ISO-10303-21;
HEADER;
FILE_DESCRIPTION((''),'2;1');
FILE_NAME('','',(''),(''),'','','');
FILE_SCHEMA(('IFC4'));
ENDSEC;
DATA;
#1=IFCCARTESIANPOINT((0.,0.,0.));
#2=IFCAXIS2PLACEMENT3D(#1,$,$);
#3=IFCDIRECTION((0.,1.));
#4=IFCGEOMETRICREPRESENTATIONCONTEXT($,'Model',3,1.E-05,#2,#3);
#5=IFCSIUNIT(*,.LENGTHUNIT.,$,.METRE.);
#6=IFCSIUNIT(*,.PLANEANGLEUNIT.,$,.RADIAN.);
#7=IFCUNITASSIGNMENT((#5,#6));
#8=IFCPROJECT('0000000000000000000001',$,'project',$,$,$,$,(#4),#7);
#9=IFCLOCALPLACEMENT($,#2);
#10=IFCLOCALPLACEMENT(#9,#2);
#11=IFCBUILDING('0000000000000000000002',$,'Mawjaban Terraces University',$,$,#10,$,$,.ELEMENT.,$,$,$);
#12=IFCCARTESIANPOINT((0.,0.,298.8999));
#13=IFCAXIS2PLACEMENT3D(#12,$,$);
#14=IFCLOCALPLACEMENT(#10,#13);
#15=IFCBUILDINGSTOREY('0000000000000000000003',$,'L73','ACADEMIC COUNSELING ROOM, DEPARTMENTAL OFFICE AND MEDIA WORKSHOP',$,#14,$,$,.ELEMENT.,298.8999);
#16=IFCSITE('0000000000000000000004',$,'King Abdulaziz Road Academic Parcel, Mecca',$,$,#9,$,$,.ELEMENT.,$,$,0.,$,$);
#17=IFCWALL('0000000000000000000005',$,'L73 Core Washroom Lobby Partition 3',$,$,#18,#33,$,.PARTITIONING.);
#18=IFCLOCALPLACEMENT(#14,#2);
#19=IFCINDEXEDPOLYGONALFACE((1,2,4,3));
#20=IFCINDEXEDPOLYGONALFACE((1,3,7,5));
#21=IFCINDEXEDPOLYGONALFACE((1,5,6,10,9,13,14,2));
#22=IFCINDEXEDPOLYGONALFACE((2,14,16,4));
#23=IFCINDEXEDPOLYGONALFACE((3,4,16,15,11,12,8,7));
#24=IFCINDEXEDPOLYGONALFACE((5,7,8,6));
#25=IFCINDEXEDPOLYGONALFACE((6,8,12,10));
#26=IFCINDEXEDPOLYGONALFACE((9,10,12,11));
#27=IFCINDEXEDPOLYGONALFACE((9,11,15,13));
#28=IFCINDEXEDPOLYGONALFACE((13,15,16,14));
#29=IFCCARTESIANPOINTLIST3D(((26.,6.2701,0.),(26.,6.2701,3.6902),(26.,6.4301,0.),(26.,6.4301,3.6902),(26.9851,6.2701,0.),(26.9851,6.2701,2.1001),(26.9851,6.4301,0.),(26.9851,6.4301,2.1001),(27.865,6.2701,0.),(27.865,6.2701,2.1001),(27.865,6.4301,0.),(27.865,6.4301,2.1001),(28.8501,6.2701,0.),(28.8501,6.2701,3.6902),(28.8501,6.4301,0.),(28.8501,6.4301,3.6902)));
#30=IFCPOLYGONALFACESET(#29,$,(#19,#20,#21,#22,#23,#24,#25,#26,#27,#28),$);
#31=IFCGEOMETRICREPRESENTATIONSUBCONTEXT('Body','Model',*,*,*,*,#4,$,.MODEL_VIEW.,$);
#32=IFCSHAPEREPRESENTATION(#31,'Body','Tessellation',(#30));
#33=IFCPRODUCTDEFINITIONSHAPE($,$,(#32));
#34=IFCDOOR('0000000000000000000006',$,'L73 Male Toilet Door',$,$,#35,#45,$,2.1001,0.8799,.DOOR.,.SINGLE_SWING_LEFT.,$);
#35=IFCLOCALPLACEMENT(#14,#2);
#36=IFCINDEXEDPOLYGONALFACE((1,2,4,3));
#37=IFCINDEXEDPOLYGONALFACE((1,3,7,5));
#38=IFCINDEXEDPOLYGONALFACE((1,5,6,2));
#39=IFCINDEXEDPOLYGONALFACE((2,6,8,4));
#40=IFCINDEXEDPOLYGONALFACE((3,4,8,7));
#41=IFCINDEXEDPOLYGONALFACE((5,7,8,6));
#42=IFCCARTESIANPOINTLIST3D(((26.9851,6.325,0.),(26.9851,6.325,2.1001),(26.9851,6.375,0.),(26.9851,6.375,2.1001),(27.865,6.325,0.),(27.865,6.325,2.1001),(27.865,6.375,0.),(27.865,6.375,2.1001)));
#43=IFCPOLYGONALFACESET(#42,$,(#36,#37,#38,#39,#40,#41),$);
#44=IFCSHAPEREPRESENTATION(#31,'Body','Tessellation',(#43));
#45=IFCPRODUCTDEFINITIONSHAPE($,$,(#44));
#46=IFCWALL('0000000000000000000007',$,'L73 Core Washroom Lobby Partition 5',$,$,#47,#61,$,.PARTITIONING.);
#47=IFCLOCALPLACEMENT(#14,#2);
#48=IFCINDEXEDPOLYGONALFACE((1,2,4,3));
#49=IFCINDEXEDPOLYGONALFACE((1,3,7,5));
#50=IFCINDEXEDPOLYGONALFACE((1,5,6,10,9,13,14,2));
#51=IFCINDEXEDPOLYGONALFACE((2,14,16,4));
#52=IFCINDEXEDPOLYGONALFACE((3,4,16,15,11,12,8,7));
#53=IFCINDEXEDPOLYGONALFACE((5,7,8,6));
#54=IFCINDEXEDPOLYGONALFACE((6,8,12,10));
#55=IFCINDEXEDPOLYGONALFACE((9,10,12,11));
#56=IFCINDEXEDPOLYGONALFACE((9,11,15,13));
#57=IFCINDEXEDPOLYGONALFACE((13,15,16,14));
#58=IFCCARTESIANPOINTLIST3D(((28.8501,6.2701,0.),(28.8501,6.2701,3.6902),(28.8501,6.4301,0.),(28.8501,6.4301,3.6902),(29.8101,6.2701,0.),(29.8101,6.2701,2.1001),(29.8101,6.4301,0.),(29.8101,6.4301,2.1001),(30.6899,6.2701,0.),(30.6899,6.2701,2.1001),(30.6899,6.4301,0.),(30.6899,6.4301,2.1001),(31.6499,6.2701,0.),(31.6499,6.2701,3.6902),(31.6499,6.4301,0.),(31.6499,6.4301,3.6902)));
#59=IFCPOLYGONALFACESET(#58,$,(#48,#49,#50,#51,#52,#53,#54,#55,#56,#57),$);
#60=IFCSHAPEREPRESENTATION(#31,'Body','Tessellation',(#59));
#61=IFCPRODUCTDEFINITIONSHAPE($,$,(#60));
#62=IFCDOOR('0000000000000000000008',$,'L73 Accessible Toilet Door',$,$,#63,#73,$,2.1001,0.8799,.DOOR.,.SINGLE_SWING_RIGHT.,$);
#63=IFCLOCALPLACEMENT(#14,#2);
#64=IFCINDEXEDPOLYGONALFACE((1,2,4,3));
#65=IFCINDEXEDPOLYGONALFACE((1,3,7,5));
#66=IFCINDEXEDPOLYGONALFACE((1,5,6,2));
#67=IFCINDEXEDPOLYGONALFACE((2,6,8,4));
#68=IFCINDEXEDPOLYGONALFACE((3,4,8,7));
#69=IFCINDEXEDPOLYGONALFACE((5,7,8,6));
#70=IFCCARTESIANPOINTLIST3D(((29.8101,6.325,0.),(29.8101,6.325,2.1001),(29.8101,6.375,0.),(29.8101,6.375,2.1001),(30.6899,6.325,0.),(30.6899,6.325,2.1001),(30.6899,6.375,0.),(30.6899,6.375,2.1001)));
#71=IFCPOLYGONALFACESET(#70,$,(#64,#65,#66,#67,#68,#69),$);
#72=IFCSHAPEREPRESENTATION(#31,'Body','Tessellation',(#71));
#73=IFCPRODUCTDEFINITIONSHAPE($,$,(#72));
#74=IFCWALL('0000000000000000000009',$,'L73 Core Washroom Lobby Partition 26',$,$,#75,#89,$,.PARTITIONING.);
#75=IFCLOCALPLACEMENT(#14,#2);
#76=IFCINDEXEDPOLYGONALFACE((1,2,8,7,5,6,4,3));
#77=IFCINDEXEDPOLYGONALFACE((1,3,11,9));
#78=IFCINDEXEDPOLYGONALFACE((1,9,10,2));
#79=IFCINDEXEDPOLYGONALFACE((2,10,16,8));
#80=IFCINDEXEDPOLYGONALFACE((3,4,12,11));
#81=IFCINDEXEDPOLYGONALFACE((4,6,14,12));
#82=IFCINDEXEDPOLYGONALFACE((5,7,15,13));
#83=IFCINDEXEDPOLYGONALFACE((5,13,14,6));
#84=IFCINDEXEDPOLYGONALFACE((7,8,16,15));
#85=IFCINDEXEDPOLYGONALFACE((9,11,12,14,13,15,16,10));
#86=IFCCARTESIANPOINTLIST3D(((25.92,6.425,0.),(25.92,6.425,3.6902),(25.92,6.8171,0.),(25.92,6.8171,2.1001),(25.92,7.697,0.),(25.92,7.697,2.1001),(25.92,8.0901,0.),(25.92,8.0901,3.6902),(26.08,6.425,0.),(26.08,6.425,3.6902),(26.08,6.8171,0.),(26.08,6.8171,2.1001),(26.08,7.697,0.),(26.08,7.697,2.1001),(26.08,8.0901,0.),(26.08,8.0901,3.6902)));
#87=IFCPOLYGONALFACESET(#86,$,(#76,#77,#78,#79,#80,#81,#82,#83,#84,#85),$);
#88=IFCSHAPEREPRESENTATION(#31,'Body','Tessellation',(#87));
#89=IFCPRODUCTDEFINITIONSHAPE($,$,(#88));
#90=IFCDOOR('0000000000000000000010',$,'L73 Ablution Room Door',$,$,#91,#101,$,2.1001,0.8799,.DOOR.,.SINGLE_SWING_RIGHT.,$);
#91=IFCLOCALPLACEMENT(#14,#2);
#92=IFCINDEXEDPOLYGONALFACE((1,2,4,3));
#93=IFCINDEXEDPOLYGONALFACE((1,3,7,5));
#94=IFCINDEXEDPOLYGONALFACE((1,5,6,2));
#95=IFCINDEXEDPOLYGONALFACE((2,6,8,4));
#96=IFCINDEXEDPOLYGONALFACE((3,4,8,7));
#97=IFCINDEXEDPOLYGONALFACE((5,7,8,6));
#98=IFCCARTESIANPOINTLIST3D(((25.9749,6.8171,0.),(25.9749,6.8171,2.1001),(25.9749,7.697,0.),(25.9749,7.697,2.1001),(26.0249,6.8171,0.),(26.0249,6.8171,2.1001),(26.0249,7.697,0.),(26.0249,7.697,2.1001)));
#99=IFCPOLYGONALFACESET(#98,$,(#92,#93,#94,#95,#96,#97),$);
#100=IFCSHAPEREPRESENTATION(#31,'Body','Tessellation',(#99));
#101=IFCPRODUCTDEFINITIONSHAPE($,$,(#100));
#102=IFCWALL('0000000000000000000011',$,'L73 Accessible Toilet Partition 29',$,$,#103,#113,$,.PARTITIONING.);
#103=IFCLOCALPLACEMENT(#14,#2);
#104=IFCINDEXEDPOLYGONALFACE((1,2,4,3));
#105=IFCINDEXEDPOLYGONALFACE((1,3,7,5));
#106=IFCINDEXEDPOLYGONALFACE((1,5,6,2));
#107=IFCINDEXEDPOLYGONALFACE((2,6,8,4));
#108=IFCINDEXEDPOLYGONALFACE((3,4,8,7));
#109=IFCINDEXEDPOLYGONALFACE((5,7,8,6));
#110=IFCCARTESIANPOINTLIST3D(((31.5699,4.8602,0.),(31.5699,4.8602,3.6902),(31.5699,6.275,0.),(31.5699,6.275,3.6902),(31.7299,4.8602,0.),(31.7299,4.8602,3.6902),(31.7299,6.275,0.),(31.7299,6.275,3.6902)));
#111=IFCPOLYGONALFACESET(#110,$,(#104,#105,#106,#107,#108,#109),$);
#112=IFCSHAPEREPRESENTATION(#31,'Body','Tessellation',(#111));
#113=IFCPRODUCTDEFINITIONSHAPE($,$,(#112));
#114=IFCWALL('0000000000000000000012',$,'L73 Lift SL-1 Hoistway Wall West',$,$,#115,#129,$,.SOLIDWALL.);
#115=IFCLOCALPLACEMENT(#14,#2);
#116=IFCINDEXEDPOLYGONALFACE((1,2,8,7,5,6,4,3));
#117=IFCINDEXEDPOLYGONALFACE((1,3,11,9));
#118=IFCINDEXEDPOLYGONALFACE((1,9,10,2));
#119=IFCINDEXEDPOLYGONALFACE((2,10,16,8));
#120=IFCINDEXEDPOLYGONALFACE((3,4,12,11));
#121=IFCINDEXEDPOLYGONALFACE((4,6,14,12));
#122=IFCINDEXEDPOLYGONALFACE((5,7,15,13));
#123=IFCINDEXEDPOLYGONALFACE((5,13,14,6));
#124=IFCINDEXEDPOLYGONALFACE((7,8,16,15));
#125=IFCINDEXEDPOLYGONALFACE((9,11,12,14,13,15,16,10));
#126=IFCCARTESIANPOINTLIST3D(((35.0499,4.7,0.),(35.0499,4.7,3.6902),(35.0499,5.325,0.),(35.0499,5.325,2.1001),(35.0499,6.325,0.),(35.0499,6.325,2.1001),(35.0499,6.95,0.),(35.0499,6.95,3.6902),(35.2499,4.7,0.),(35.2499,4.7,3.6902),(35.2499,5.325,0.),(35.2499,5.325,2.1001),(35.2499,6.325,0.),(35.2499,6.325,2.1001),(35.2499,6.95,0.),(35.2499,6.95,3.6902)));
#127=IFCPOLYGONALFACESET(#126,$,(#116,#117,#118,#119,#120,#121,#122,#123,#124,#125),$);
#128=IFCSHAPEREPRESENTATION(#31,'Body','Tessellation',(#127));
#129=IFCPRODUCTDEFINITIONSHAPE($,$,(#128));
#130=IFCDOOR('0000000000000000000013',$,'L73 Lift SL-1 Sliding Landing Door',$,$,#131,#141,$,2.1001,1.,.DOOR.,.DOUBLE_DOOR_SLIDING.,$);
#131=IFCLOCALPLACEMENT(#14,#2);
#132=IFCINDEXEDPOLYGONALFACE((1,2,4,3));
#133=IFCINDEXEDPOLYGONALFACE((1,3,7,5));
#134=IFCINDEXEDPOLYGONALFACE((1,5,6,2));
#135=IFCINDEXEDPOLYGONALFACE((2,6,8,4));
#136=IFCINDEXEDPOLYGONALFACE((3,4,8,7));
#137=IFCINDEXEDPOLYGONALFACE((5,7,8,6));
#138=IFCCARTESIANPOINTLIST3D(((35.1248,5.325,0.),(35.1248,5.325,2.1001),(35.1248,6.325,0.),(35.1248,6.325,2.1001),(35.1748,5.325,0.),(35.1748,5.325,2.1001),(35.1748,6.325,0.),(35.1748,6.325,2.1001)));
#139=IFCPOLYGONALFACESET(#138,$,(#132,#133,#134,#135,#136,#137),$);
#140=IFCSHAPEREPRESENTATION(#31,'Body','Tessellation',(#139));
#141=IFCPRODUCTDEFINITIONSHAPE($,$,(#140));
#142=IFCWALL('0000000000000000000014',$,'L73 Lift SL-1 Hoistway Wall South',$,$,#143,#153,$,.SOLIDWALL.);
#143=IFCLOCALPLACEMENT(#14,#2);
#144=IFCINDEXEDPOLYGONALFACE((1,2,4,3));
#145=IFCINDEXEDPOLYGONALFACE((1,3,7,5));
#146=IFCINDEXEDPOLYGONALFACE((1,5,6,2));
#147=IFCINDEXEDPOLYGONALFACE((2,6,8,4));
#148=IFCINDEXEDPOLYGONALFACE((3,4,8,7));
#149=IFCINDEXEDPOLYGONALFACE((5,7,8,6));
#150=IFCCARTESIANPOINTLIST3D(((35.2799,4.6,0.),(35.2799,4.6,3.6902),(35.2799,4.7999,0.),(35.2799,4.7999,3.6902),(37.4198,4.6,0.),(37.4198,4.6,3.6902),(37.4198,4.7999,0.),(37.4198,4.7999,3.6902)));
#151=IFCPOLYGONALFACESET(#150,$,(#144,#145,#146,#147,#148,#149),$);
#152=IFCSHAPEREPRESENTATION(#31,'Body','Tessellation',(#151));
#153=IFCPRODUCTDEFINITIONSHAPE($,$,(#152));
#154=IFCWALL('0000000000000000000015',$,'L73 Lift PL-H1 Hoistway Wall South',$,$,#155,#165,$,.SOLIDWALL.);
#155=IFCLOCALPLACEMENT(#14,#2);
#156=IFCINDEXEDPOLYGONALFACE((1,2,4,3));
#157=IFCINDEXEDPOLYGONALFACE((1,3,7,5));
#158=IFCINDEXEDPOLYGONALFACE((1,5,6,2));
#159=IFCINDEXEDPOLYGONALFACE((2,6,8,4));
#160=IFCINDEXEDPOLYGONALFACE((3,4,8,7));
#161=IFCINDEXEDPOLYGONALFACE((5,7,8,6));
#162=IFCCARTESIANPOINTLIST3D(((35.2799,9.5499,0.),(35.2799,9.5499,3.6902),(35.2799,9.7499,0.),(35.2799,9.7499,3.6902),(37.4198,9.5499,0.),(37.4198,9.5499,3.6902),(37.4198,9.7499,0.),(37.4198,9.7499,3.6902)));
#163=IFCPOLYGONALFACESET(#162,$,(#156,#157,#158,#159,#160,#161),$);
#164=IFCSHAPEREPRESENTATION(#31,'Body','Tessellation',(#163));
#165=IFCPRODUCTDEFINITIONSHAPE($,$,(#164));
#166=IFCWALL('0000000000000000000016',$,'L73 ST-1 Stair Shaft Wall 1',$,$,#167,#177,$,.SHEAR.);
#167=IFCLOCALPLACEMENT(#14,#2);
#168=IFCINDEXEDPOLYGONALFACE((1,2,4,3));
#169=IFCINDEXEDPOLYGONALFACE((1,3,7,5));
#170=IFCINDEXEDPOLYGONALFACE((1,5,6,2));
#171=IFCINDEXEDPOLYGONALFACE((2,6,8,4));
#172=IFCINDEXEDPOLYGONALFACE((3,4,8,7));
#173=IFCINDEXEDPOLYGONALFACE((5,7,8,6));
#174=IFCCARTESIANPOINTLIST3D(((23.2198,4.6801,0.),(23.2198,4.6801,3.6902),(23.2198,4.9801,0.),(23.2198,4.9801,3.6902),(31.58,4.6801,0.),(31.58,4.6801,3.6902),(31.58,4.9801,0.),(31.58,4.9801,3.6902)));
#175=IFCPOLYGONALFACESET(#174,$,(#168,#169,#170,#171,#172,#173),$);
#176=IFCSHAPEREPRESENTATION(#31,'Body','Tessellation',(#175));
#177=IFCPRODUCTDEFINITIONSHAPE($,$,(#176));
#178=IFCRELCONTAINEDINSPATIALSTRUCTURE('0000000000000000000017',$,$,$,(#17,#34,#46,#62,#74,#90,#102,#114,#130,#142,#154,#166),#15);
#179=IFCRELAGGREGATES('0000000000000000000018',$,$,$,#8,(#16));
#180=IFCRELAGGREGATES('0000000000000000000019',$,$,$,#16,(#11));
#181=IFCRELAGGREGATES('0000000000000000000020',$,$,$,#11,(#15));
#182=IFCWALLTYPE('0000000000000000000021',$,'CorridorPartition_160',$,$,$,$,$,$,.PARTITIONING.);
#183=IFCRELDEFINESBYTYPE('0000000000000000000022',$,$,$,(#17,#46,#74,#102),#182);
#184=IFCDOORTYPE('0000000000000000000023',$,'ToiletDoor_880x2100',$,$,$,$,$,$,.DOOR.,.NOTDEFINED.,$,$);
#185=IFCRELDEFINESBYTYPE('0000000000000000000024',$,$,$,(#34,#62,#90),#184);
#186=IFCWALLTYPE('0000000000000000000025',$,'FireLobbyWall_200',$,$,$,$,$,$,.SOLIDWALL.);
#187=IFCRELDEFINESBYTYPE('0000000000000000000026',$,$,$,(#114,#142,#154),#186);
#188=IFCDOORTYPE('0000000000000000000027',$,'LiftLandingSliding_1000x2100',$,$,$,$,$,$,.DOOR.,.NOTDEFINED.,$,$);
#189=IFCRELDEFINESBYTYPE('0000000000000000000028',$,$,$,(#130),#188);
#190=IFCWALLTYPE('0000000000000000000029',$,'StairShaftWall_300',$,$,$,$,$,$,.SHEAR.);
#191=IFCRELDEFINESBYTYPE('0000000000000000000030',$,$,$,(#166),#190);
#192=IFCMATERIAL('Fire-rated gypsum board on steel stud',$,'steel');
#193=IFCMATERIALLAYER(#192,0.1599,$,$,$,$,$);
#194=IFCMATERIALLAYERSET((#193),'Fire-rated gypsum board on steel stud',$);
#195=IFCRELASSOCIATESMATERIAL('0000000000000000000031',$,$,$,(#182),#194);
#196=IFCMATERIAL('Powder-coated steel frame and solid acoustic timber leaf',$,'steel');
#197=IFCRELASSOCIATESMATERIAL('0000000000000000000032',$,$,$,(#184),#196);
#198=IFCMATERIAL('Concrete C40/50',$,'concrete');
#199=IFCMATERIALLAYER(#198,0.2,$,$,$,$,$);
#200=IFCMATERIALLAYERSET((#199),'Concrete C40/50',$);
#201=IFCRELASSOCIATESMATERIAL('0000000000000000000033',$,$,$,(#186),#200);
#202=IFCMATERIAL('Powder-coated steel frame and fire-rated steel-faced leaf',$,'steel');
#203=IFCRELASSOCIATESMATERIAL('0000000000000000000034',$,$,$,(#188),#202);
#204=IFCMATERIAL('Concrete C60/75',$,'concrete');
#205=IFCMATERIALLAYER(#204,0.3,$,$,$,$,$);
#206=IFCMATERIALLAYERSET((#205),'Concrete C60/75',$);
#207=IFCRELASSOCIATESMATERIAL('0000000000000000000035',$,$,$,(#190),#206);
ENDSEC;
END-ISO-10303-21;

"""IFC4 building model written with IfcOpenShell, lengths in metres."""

from ifc_helpers import new_model, si_unit, direction, frame, frame_2d, origin, place, context, subcontext, project, spatial, rectangle, extrude, material, layer, layer_set, type_object, element, fill, save


model = new_model("IFC4")

# Units and contexts
model_context = context("Model", 3, precision=1e-05, world=origin(), true_north=direction((0.0, 1.0)))
body_context = subcontext(model_context, "Body", "Model", "MODEL_VIEW")
ifc_project = project(units=[si_unit("LENGTHUNIT", "METRE"), si_unit("PLANEANGLEUNIT", "RADIAN")], contexts=[model_context])

# Site, building, storey
site_placement = place(None, origin())
site = spatial("IfcSite", under=ifc_project, at=site_placement, Name="King Abdulaziz Road Academic Parcel, Mecca", CompositionType="ELEMENT", RefElevation=0.0)
building_placement = place(site_placement, origin())
building = spatial("IfcBuilding", under=site, at=building_placement, Name="Mawjaban Terraces University", CompositionType="ELEMENT")
storey_placement = place(building_placement, frame((0.0, 0.0, 298.8999)))
storey = spatial("IfcBuildingStorey", under=building, at=storey_placement, Name="L73", Description="ACADEMIC COUNSELING ROOM, DEPARTMENTAL OFFICE AND MEDIA WORKSHOP", CompositionType="ELEMENT", Elevation=298.8999)

# Walls, openings, doors
ifc_material_1 = material(Name="Fire-rated gypsum board on steel stud", Category="steel")
ifc_layer_1 = layer(ifc_material_1, 0.1599)
ifc_layer_set_1 = layer_set([ifc_layer_1], Name="Fire-rated gypsum board on steel stud")
wall_type_1 = type_object("IfcWallType", Name="CorridorPartition_160", PredefinedType="PARTITIONING", material=ifc_layer_set_1)
wall_1_placement = place(storey_placement, frame((26.0, 6.3501, 0.0), z_axis=(0.0, 0.0, 1.0), x_axis=(1.0, 0.0, 0.0)))
wall_1 = element("IfcWall", 1, at=wall_1_placement, inside=storey, type_object=wall_type_1, Name="L73 Core Washroom Lobby Partition 3", PredefinedType="PARTITIONING", context=body_context, shape_type="SweptSolid", body=[
    extrude(rectangle(XDim=2.8501, YDim=0.1599, at=frame_2d((1.425, 0.0))), origin(), (0.0, 0.0, 1.0), 3.6902),
])
opening_1_placement = place(wall_1_placement, frame((0.9851, 0.0, 0.0)))
opening_1 = element("IfcOpeningElement", 2, at=opening_1_placement, cuts=wall_1, PredefinedType="OPENING", context=body_context, shape_type="SweptSolid", body=[
    extrude(rectangle(XDim=0.8799, YDim=2.1001, at=frame_2d((0.4399, 1.05))), frame((0.0, 0.0898, 0.0), z_axis=(0.0, -1.0, 0.0), x_axis=(1.0, 0.0, 0.0)), (0.0, 0.0, 1.0), 0.1799),
])
ifc_material_2 = material(Name="Powder-coated steel frame and solid acoustic timber leaf", Category="steel")
door_type_1 = type_object("IfcDoorType", Name="ToiletDoor_880x2100", OperationType="NOTDEFINED", PredefinedType="DOOR", material=ifc_material_2)
door_1_placement = place(opening_1_placement, origin())
door_1 = element("IfcDoor", 3, at=door_1_placement, inside=storey, type_object=door_type_1, Name="L73 Male Toilet Door", OperationType="SINGLE_SWING_LEFT", OverallHeight=2.1001, OverallWidth=0.8799, PredefinedType="DOOR", context=body_context, shape_type="SweptSolid", body=[
    extrude(rectangle(XDim=0.8799, YDim=2.1001, at=frame_2d((0.4399, 1.05))), frame((0.0, 0.0249, 0.0), z_axis=(0.0, -1.0, 0.0), x_axis=(1.0, 0.0, 0.0)), (0.0, 0.0, 1.0), 0.05),
])
fill(opening_1, door_1)
wall_2_placement = place(storey_placement, frame((28.8501, 6.3501, 0.0), z_axis=(0.0, 0.0, 1.0), x_axis=(1.0, 0.0, 0.0)))
wall_2 = element("IfcWall", 4, at=wall_2_placement, inside=storey, type_object=wall_type_1, Name="L73 Core Washroom Lobby Partition 5", PredefinedType="PARTITIONING", context=body_context, shape_type="SweptSolid", body=[
    extrude(rectangle(XDim=2.7998, YDim=0.1599, at=frame_2d((1.3999, 0.0))), origin(), (0.0, 0.0, 1.0), 3.6902),
])
opening_2_placement = place(wall_2_placement, frame((0.96, 0.0, 0.0)))
opening_2 = element("IfcOpeningElement", 5, at=opening_2_placement, cuts=wall_2, PredefinedType="OPENING", context=body_context, shape_type="SweptSolid", body=[
    extrude(rectangle(XDim=0.8799, YDim=2.1001, at=frame_2d((0.4399, 1.05))), frame((0.0, 0.0898, 0.0), z_axis=(0.0, -1.0, 0.0), x_axis=(1.0, 0.0, 0.0)), (0.0, 0.0, 1.0), 0.1799),
])
door_2_placement = place(opening_2_placement, origin())
door_2 = element("IfcDoor", 6, at=door_2_placement, inside=storey, type_object=door_type_1, Name="L73 Accessible Toilet Door", OperationType="SINGLE_SWING_RIGHT", OverallHeight=2.1001, OverallWidth=0.8799, PredefinedType="DOOR", context=body_context, shape_type="SweptSolid", body=[
    extrude(rectangle(XDim=0.8799, YDim=2.1001, at=frame_2d((0.4399, 1.05))), frame((0.0, 0.0249, 0.0), z_axis=(0.0, -1.0, 0.0), x_axis=(1.0, 0.0, 0.0)), (0.0, 0.0, 1.0), 0.05),
])
fill(opening_2, door_2)
wall_3_placement = place(storey_placement, frame((26.0, 8.0901, 0.0), z_axis=(0.0, 0.0, 1.0), x_axis=(0.0, -1.0, 0.0)))
wall_3 = element("IfcWall", 7, at=wall_3_placement, inside=storey, type_object=wall_type_1, Name="L73 Core Washroom Lobby Partition 26", PredefinedType="PARTITIONING", context=body_context, shape_type="SweptSolid", body=[
    extrude(rectangle(XDim=1.665, YDim=0.1599, at=frame_2d((0.8325, 0.0))), origin(), (0.0, 0.0, 1.0), 3.6902),
])
opening_3_placement = place(wall_3_placement, frame((0.3931, 0.0, 0.0)))
opening_3 = element("IfcOpeningElement", 8, at=opening_3_placement, cuts=wall_3, PredefinedType="OPENING", context=body_context, shape_type="SweptSolid", body=[
    extrude(rectangle(XDim=0.8799, YDim=2.1001, at=frame_2d((0.4399, 1.05))), frame((0.0, 0.0898, 0.0), z_axis=(0.0, -1.0, 0.0), x_axis=(1.0, 0.0, 0.0)), (0.0, 0.0, 1.0), 0.1799),
])
door_3_placement = place(opening_3_placement, origin())
door_3 = element("IfcDoor", 9, at=door_3_placement, inside=storey, type_object=door_type_1, Name="L73 Ablution Room Door", OperationType="SINGLE_SWING_RIGHT", OverallHeight=2.1001, OverallWidth=0.8799, PredefinedType="DOOR", context=body_context, shape_type="SweptSolid", body=[
    extrude(rectangle(XDim=0.8799, YDim=2.1001, at=frame_2d((0.4399, 1.05))), frame((0.0, 0.0249, 0.0), z_axis=(0.0, -1.0, 0.0), x_axis=(1.0, 0.0, 0.0)), (0.0, 0.0, 1.0), 0.05),
])
fill(opening_3, door_3)

# Wall
wall_4_placement = place(storey_placement, frame((31.6499, 4.8601, 0.0), z_axis=(0.0, 0.0, 1.0), x_axis=(0.0, 1.0, 0.0)))
element("IfcWall", 10, at=wall_4_placement, inside=storey, type_object=wall_type_1, Name="L73 Accessible Toilet Partition 29", PredefinedType="PARTITIONING", context=body_context, shape_type="SweptSolid", body=[
    extrude(rectangle(XDim=1.4148, YDim=0.1599, at=frame_2d((0.7075, 0.0))), origin(), (0.0, 0.0, 1.0), 3.6902),
])

# Wall, opening, door
ifc_material_3 = material(Name="Concrete C40/50", Category="concrete")
ifc_layer_2 = layer(ifc_material_3, 0.2)
ifc_layer_set_2 = layer_set([ifc_layer_2], Name="Concrete C40/50")
wall_type_2 = type_object("IfcWallType", Name="FireLobbyWall_200", PredefinedType="SOLIDWALL", material=ifc_layer_set_2)
wall_5_placement = place(storey_placement, frame((35.1499, 6.95, 0.0), z_axis=(0.0, 0.0, 1.0), x_axis=(0.0, -1.0, 0.0)))
wall_5 = element("IfcWall", 11, at=wall_5_placement, inside=storey, type_object=wall_type_2, Name="L73 Lift SL-1 Hoistway Wall West", PredefinedType="SOLIDWALL", context=body_context, shape_type="SweptSolid", body=[
    extrude(rectangle(XDim=2.25, YDim=0.2, at=frame_2d((1.125, 0.0))), origin(), (0.0, 0.0, 1.0), 3.6902),
])
opening_4_placement = place(wall_5_placement, frame((0.625, 0.0, 0.0)))
opening_4 = element("IfcOpeningElement", 12, at=opening_4_placement, cuts=wall_5, PredefinedType="OPENING", context=body_context, shape_type="SweptSolid", body=[
    extrude(rectangle(XDim=1.0, YDim=2.1001, at=frame_2d((0.5, 1.05))), frame((0.0, 0.1099, 0.0), z_axis=(0.0, -1.0, 0.0), x_axis=(1.0, 0.0, 0.0)), (0.0, 0.0, 1.0), 0.22),
])
ifc_material_4 = material(Name="Powder-coated steel frame and fire-rated steel-faced leaf", Category="steel")
door_type_2 = type_object("IfcDoorType", Name="LiftLandingSliding_1000x2100", OperationType="NOTDEFINED", PredefinedType="DOOR", material=ifc_material_4)
door_4_placement = place(opening_4_placement, origin())
door_4 = element("IfcDoor", 13, at=door_4_placement, inside=storey, type_object=door_type_2, Name="L73 Lift SL-1 Sliding Landing Door", OperationType="DOUBLE_DOOR_SLIDING", OverallHeight=2.1001, OverallWidth=1.0, PredefinedType="DOOR", context=body_context, shape_type="SweptSolid", body=[
    extrude(rectangle(XDim=1.0, YDim=2.1001, at=frame_2d((0.5, 1.05))), frame((0.0, 0.0249, 0.0), z_axis=(0.0, -1.0, 0.0), x_axis=(1.0, 0.0, 0.0)), (0.0, 0.0, 1.0), 0.05),
])
fill(opening_4, door_4)

# Walls
for number, where, z_axis, x_axis, name in (
    (14, (35.28, 4.7, 0.0), (0.0, 0.0, 1.0), (1.0, 0.0, 0.0), "L73 Lift SL-1 Hoistway Wall South"),
    (15, (35.28, 9.6499, 0.0), (0.0, 0.0, 1.0), (1.0, 0.0, 0.0), "L73 Lift PL-H1 Hoistway Wall South"),
):
    element("IfcWall", number, at=place(storey_placement, frame(where, z_axis=z_axis, x_axis=x_axis)), inside=storey, type_object=wall_type_2, Name=name, PredefinedType="SOLIDWALL", context=body_context, shape_type="SweptSolid", body=[
        extrude(rectangle(XDim=2.1399, YDim=0.2, at=frame_2d((1.0698, 0.0))), origin(), (0.0, 0.0, 1.0), 3.6902),
    ])

# Wall
ifc_material_5 = material(Name="Concrete C60/75", Category="concrete")
ifc_layer_3 = layer(ifc_material_5, 0.3)
ifc_layer_set_3 = layer_set([ifc_layer_3], Name="Concrete C60/75")
wall_type_3 = type_object("IfcWallType", Name="StairShaftWall_300", PredefinedType="SHEAR", material=ifc_layer_set_3)
wall_6_placement = place(storey_placement, frame((31.5801, 4.8301, 0.0), z_axis=(0.0, 0.0, 1.0), x_axis=(-1.0, 0.0, 0.0)))
element("IfcWall", 16, at=wall_6_placement, inside=storey, type_object=wall_type_3, Name="L73 ST-1 Stair Shaft Wall 1", PredefinedType="SHEAR", context=body_context, shape_type="SweptSolid", body=[
    extrude(rectangle(XDim=8.3601, YDim=0.3, at=frame_2d((4.1802, 0.0))), origin(), (0.0, 0.0, 1.0), 3.6902),
])

save(model, "model.ifc")
